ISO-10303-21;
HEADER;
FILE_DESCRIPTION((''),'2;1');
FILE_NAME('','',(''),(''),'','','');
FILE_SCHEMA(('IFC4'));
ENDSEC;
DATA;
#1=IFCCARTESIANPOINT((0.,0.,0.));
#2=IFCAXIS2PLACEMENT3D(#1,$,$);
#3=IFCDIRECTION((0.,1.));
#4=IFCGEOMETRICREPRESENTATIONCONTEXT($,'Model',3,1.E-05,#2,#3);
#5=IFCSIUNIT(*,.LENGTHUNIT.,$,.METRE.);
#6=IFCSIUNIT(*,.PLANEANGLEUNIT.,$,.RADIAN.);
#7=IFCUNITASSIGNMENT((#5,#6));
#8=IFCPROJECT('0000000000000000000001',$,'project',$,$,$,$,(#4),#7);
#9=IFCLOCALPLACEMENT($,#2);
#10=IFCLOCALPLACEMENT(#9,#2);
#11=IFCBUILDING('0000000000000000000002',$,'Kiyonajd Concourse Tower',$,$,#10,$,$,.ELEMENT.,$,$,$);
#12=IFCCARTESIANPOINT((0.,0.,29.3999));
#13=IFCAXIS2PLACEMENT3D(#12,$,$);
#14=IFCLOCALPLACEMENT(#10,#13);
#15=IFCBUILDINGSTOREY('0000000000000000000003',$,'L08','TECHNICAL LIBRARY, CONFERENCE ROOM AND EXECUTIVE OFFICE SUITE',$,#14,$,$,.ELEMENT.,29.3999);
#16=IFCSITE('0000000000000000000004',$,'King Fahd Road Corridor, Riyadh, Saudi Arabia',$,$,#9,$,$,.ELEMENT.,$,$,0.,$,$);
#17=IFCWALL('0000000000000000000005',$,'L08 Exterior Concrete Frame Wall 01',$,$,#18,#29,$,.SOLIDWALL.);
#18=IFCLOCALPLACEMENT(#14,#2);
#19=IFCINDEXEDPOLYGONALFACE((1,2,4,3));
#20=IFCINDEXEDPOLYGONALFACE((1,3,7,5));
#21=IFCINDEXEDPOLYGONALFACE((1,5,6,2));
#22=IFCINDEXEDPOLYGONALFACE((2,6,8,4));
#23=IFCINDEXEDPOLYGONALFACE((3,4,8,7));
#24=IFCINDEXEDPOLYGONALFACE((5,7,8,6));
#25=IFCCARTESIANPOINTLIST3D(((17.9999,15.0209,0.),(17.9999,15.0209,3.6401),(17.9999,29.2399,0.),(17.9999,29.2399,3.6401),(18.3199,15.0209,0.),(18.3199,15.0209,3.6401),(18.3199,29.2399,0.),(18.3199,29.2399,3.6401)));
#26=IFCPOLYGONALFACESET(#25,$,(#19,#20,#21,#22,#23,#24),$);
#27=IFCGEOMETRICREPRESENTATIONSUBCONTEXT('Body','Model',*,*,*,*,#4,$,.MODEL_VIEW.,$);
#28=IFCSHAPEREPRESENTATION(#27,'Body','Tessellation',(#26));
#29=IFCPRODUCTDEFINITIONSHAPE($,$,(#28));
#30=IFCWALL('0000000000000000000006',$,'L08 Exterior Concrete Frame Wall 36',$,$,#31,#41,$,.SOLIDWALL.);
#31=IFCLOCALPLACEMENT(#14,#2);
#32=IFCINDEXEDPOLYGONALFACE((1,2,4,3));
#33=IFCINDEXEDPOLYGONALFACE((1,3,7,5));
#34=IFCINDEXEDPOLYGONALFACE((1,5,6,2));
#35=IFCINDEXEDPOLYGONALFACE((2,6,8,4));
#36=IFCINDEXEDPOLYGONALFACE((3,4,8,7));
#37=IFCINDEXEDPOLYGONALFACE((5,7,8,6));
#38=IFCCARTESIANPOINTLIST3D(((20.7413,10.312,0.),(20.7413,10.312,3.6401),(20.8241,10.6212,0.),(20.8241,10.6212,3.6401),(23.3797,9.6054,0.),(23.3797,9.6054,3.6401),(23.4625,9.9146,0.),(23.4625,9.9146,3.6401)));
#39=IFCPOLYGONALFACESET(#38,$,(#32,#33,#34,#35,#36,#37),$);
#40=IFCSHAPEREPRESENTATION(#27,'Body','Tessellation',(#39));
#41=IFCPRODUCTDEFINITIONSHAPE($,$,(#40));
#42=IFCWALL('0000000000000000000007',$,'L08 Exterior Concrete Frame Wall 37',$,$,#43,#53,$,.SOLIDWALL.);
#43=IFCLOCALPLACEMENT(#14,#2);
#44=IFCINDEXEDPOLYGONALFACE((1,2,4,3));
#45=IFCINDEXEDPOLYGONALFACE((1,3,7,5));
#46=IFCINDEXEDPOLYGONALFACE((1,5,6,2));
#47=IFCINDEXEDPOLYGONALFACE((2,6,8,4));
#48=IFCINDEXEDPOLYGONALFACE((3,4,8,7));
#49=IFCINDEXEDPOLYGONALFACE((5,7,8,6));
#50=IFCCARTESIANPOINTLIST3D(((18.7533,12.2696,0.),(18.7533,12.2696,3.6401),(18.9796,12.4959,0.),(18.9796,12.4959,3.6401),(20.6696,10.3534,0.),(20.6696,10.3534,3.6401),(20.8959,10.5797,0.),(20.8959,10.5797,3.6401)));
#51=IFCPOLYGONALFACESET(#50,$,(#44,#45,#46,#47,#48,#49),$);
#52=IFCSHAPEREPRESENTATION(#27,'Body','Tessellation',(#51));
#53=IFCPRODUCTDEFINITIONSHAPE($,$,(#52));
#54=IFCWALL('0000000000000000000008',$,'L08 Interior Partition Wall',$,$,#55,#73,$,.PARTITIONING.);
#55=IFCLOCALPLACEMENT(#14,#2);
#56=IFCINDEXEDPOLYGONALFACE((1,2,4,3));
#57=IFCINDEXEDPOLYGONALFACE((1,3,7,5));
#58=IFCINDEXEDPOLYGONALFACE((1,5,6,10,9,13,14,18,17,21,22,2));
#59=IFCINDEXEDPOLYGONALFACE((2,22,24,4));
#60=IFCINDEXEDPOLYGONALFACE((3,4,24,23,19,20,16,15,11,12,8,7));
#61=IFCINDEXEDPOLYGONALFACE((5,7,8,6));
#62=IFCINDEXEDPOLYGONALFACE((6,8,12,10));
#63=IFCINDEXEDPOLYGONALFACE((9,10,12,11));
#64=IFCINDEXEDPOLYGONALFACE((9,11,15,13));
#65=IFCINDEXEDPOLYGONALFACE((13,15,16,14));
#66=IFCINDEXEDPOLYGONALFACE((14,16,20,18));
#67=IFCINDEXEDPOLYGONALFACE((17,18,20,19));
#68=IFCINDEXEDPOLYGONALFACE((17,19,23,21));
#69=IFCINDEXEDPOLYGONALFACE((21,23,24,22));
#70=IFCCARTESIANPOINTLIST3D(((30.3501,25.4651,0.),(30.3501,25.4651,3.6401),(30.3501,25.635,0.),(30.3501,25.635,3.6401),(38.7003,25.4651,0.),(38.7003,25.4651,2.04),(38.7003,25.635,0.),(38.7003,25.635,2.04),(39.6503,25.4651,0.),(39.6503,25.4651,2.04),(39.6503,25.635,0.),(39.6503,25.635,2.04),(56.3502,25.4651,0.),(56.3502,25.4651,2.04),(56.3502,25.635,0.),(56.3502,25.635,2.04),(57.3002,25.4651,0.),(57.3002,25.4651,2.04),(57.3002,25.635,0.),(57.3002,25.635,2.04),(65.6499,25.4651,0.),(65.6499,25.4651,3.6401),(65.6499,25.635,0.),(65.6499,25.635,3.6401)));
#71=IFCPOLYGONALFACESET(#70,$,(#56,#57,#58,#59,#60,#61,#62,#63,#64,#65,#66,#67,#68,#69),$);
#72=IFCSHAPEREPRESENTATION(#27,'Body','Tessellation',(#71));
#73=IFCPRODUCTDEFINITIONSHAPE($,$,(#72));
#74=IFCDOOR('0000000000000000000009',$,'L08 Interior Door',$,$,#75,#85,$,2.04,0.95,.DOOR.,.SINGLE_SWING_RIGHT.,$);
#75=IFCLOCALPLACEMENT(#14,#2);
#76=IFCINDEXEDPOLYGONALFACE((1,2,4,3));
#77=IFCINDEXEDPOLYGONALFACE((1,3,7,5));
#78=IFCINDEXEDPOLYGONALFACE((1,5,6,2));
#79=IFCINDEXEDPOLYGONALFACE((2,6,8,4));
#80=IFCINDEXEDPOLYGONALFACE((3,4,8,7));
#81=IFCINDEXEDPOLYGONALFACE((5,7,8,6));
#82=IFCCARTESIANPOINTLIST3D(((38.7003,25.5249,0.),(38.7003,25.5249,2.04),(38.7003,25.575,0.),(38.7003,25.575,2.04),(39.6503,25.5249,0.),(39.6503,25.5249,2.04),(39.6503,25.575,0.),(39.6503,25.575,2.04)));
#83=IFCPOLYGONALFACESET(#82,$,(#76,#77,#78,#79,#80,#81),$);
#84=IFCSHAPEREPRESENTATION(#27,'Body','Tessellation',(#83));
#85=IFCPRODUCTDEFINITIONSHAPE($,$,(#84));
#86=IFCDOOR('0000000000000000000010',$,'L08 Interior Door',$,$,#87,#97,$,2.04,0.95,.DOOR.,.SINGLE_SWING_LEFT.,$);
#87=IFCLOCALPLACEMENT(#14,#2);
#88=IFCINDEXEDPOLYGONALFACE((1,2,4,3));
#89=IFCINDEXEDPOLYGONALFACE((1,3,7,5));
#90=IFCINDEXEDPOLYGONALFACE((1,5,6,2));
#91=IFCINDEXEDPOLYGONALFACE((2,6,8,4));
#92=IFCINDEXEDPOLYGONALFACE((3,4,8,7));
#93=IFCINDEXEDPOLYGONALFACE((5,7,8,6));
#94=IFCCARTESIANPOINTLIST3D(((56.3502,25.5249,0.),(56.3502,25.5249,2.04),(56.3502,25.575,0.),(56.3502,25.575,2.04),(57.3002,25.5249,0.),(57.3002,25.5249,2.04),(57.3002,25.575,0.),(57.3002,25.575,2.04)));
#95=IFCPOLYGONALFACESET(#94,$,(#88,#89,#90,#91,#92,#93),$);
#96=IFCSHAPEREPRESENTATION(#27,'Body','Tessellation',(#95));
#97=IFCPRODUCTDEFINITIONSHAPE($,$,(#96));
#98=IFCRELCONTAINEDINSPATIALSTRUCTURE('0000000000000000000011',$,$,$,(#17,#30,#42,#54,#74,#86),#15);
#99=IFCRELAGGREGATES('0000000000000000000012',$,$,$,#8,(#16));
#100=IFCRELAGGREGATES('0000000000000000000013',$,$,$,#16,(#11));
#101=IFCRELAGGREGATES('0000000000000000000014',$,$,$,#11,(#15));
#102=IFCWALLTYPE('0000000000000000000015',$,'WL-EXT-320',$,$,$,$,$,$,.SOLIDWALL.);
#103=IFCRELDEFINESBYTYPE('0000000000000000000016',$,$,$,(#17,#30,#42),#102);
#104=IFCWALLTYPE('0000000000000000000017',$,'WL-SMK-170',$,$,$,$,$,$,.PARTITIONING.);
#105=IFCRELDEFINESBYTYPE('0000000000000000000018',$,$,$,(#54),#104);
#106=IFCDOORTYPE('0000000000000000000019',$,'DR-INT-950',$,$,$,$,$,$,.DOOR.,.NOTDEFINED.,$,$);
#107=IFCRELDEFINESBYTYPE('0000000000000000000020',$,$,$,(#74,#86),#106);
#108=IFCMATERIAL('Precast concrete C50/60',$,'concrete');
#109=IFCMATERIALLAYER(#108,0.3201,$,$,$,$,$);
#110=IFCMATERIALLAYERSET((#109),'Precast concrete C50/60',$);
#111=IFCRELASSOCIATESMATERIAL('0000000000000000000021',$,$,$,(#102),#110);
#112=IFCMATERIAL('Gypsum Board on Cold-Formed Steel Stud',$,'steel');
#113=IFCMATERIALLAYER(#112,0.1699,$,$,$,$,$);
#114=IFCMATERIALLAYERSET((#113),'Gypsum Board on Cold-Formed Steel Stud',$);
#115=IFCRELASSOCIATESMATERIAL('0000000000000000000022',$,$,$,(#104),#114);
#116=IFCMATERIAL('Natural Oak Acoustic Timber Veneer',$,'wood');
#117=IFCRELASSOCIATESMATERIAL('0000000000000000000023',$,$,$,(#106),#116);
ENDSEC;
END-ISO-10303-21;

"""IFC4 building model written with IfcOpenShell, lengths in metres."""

from ifc_helpers import new_model, si_unit, direction, frame, frame_2d, origin, place, context, subcontext, project, spatial, rectangle, extrude, material, layer, layer_set, type_object, element, fill, save


model = new_model("IFC4")

# Units and contexts
model_context = context("Model", 3, precision=1e-05, world=origin(), true_north=direction((0.0, 1.0)))
body_context = subcontext(model_context, "Body", "Model", "MODEL_VIEW")
ifc_project = project(units=[si_unit("LENGTHUNIT", "METRE"), si_unit("PLANEANGLEUNIT", "RADIAN")], contexts=[model_context])

# Site, building, storey
site_placement = place(None, origin())
site = spatial("IfcSite", under=ifc_project, at=site_placement, Name="King Fahd Road Corridor, Riyadh, Saudi Arabia", CompositionType="ELEMENT", RefElevation=0.0)
building_placement = place(site_placement, origin())
building = spatial("IfcBuilding", under=site, at=building_placement, Name="Kiyonajd Concourse Tower", CompositionType="ELEMENT")
storey_placement = place(building_placement, frame((0.0, 0.0, 29.3999)))
storey = spatial("IfcBuildingStorey", under=building, at=storey_placement, Name="L08", Description="TECHNICAL LIBRARY, CONFERENCE ROOM AND EXECUTIVE OFFICE SUITE", CompositionType="ELEMENT", Elevation=29.3999)

# Shared definitions
ifc_material_1 = material(Name="Precast concrete C50/60", Category="concrete")

# Walls
ifc_layer_1 = layer(ifc_material_1, 0.3201)
ifc_layer_set_1 = layer_set([ifc_layer_1], Name="Precast concrete C50/60")
wall_type_1 = type_object("IfcWallType", Name="WL-EXT-320", PredefinedType="SOLIDWALL", material=ifc_layer_set_1)
wall_1_placement = place(storey_placement, frame((18.1599, 15.021, 0.0), z_axis=(0.0, 0.0, 1.0), x_axis=(0.0, 1.0, 0.0)))
element("IfcWall", 1, at=wall_1_placement, inside=storey, type_object=wall_type_1, Name="L08 Exterior Concrete Frame Wall 01", PredefinedType="SOLIDWALL", context=body_context, shape_type="SweptSolid", body=[
    extrude(rectangle(XDim=14.219, YDim=0.3201, at=frame_2d((7.1094, 0.0))), origin(), (0.0, 0.0, 1.0), 3.6401),
])
wall_2_placement = place(storey_placement, frame((23.4211, 9.76, 0.0), z_axis=(0.0, 0.0, 1.0), x_axis=(-0.965964, 0.258675, 0.0)))
element("IfcWall", 2, at=wall_2_placement, inside=storey, type_object=wall_type_1, Name="L08 Exterior Concrete Frame Wall 36", PredefinedType="SOLIDWALL", context=body_context, shape_type="SweptSolid", body=[
    extrude(rectangle(XDim=2.7314, YDim=0.3201, at=frame_2d((1.3657, 0.0))), origin(), (0.0, 0.0, 1.0), 3.6401),
])
wall_3_placement = place(storey_placement, frame((20.7827, 10.4666, 0.0), z_axis=(0.0, 0.0, 1.0), x_axis=(-0.707107, 0.707107, 0.0)))
element("IfcWall", 3, at=wall_3_placement, inside=storey, type_object=wall_type_1, Name="L08 Exterior Concrete Frame Wall 37", PredefinedType="SOLIDWALL", context=body_context, shape_type="SweptSolid", body=[
    extrude(rectangle(XDim=2.71, YDim=0.3201, at=frame_2d((1.355, 0.0))), origin(), (0.0, 0.0, 1.0), 3.6401),
])

# Wall, openings, doors
ifc_material_2 = material(Name="Gypsum Board on Cold-Formed Steel Stud", Category="steel")
ifc_layer_2 = layer(ifc_material_2, 0.1699)
ifc_layer_set_2 = layer_set([ifc_layer_2], Name="Gypsum Board on Cold-Formed Steel Stud")
wall_type_2 = type_object("IfcWallType", Name="WL-SMK-170", PredefinedType="PARTITIONING", material=ifc_layer_set_2)
wall_4_placement = place(storey_placement, frame((30.3501, 25.55, 0.0), z_axis=(0.0, 0.0, 1.0), x_axis=(1.0, 0.0, 0.0)))
wall_4 = element("IfcWall", 4, at=wall_4_placement, inside=storey, type_object=wall_type_2, Name="L08 Interior Partition Wall", PredefinedType="PARTITIONING", context=body_context, shape_type="SweptSolid", body=[
    extrude(rectangle(XDim=35.2998, YDim=0.1699, at=frame_2d((17.6499, 0.0))), origin(), (0.0, 0.0, 1.0), 3.6401),
])
opening_1_placement = place(wall_4_placement, frame((8.3501, 0.0, 0.0)))
opening_1 = element("IfcOpeningElement", 5, at=opening_1_placement, cuts=wall_4, PredefinedType="OPENING", context=body_context, shape_type="SweptSolid", body=[
    extrude(rectangle(XDim=0.95, YDim=2.04, at=frame_2d((0.4751, 1.02))), frame((0.0, 0.095, 0.0), z_axis=(0.0, -1.0, 0.0), x_axis=(1.0, 0.0, 0.0)), (0.0, 0.0, 1.0), 0.1899),
])
opening_2_placement = place(wall_4_placement, frame((26.0, 0.0, 0.0)))
opening_2 = element("IfcOpeningElement", 6, at=opening_2_placement, cuts=wall_4, PredefinedType="OPENING", context=body_context, shape_type="SweptSolid", body=[
    extrude(rectangle(XDim=0.95, YDim=2.04, at=frame_2d((0.4751, 1.02))), frame((0.0, 0.095, 0.0), z_axis=(0.0, -1.0, 0.0), x_axis=(1.0, 0.0, 0.0)), (0.0, 0.0, 1.0), 0.1899),
])
ifc_material_3 = material(Name="Natural Oak Acoustic Timber Veneer", Category="wood")
door_type = type_object("IfcDoorType", Name="DR-INT-950", OperationType="NOTDEFINED", PredefinedType="DOOR", material=ifc_material_3)
door_1_placement = place(opening_1_placement, origin())
door_1 = element("IfcDoor", 7, at=door_1_placement, inside=storey, type_object=door_type, Name="L08 Interior Door", OperationType="SINGLE_SWING_RIGHT", OverallHeight=2.04, OverallWidth=0.95, PredefinedType="DOOR", context=body_context, shape_type="SweptSolid", body=[
    extrude(rectangle(XDim=0.95, YDim=2.04, at=frame_2d((0.4751, 1.02))), frame((0.0, 0.0249, 0.0), z_axis=(0.0, -1.0, 0.0), x_axis=(1.0, 0.0, 0.0)), (0.0, 0.0, 1.0), 0.05),
])
fill(opening_1, door_1)
door_2_placement = place(opening_2_placement, origin())
door_2 = element("IfcDoor", 8, at=door_2_placement, inside=storey, type_object=door_type, Name="L08 Interior Door", OperationType="SINGLE_SWING_LEFT", OverallHeight=2.04, OverallWidth=0.95, PredefinedType="DOOR", context=body_context, shape_type="SweptSolid", body=[
    extrude(rectangle(XDim=0.95, YDim=2.04, at=frame_2d((0.4751, 1.02))), frame((0.0, 0.0249, 0.0), z_axis=(0.0, -1.0, 0.0), x_axis=(1.0, 0.0, 0.0)), (0.0, 0.0, 1.0), 0.05),
])
fill(opening_2, door_2)

save(model, "model.ifc")
